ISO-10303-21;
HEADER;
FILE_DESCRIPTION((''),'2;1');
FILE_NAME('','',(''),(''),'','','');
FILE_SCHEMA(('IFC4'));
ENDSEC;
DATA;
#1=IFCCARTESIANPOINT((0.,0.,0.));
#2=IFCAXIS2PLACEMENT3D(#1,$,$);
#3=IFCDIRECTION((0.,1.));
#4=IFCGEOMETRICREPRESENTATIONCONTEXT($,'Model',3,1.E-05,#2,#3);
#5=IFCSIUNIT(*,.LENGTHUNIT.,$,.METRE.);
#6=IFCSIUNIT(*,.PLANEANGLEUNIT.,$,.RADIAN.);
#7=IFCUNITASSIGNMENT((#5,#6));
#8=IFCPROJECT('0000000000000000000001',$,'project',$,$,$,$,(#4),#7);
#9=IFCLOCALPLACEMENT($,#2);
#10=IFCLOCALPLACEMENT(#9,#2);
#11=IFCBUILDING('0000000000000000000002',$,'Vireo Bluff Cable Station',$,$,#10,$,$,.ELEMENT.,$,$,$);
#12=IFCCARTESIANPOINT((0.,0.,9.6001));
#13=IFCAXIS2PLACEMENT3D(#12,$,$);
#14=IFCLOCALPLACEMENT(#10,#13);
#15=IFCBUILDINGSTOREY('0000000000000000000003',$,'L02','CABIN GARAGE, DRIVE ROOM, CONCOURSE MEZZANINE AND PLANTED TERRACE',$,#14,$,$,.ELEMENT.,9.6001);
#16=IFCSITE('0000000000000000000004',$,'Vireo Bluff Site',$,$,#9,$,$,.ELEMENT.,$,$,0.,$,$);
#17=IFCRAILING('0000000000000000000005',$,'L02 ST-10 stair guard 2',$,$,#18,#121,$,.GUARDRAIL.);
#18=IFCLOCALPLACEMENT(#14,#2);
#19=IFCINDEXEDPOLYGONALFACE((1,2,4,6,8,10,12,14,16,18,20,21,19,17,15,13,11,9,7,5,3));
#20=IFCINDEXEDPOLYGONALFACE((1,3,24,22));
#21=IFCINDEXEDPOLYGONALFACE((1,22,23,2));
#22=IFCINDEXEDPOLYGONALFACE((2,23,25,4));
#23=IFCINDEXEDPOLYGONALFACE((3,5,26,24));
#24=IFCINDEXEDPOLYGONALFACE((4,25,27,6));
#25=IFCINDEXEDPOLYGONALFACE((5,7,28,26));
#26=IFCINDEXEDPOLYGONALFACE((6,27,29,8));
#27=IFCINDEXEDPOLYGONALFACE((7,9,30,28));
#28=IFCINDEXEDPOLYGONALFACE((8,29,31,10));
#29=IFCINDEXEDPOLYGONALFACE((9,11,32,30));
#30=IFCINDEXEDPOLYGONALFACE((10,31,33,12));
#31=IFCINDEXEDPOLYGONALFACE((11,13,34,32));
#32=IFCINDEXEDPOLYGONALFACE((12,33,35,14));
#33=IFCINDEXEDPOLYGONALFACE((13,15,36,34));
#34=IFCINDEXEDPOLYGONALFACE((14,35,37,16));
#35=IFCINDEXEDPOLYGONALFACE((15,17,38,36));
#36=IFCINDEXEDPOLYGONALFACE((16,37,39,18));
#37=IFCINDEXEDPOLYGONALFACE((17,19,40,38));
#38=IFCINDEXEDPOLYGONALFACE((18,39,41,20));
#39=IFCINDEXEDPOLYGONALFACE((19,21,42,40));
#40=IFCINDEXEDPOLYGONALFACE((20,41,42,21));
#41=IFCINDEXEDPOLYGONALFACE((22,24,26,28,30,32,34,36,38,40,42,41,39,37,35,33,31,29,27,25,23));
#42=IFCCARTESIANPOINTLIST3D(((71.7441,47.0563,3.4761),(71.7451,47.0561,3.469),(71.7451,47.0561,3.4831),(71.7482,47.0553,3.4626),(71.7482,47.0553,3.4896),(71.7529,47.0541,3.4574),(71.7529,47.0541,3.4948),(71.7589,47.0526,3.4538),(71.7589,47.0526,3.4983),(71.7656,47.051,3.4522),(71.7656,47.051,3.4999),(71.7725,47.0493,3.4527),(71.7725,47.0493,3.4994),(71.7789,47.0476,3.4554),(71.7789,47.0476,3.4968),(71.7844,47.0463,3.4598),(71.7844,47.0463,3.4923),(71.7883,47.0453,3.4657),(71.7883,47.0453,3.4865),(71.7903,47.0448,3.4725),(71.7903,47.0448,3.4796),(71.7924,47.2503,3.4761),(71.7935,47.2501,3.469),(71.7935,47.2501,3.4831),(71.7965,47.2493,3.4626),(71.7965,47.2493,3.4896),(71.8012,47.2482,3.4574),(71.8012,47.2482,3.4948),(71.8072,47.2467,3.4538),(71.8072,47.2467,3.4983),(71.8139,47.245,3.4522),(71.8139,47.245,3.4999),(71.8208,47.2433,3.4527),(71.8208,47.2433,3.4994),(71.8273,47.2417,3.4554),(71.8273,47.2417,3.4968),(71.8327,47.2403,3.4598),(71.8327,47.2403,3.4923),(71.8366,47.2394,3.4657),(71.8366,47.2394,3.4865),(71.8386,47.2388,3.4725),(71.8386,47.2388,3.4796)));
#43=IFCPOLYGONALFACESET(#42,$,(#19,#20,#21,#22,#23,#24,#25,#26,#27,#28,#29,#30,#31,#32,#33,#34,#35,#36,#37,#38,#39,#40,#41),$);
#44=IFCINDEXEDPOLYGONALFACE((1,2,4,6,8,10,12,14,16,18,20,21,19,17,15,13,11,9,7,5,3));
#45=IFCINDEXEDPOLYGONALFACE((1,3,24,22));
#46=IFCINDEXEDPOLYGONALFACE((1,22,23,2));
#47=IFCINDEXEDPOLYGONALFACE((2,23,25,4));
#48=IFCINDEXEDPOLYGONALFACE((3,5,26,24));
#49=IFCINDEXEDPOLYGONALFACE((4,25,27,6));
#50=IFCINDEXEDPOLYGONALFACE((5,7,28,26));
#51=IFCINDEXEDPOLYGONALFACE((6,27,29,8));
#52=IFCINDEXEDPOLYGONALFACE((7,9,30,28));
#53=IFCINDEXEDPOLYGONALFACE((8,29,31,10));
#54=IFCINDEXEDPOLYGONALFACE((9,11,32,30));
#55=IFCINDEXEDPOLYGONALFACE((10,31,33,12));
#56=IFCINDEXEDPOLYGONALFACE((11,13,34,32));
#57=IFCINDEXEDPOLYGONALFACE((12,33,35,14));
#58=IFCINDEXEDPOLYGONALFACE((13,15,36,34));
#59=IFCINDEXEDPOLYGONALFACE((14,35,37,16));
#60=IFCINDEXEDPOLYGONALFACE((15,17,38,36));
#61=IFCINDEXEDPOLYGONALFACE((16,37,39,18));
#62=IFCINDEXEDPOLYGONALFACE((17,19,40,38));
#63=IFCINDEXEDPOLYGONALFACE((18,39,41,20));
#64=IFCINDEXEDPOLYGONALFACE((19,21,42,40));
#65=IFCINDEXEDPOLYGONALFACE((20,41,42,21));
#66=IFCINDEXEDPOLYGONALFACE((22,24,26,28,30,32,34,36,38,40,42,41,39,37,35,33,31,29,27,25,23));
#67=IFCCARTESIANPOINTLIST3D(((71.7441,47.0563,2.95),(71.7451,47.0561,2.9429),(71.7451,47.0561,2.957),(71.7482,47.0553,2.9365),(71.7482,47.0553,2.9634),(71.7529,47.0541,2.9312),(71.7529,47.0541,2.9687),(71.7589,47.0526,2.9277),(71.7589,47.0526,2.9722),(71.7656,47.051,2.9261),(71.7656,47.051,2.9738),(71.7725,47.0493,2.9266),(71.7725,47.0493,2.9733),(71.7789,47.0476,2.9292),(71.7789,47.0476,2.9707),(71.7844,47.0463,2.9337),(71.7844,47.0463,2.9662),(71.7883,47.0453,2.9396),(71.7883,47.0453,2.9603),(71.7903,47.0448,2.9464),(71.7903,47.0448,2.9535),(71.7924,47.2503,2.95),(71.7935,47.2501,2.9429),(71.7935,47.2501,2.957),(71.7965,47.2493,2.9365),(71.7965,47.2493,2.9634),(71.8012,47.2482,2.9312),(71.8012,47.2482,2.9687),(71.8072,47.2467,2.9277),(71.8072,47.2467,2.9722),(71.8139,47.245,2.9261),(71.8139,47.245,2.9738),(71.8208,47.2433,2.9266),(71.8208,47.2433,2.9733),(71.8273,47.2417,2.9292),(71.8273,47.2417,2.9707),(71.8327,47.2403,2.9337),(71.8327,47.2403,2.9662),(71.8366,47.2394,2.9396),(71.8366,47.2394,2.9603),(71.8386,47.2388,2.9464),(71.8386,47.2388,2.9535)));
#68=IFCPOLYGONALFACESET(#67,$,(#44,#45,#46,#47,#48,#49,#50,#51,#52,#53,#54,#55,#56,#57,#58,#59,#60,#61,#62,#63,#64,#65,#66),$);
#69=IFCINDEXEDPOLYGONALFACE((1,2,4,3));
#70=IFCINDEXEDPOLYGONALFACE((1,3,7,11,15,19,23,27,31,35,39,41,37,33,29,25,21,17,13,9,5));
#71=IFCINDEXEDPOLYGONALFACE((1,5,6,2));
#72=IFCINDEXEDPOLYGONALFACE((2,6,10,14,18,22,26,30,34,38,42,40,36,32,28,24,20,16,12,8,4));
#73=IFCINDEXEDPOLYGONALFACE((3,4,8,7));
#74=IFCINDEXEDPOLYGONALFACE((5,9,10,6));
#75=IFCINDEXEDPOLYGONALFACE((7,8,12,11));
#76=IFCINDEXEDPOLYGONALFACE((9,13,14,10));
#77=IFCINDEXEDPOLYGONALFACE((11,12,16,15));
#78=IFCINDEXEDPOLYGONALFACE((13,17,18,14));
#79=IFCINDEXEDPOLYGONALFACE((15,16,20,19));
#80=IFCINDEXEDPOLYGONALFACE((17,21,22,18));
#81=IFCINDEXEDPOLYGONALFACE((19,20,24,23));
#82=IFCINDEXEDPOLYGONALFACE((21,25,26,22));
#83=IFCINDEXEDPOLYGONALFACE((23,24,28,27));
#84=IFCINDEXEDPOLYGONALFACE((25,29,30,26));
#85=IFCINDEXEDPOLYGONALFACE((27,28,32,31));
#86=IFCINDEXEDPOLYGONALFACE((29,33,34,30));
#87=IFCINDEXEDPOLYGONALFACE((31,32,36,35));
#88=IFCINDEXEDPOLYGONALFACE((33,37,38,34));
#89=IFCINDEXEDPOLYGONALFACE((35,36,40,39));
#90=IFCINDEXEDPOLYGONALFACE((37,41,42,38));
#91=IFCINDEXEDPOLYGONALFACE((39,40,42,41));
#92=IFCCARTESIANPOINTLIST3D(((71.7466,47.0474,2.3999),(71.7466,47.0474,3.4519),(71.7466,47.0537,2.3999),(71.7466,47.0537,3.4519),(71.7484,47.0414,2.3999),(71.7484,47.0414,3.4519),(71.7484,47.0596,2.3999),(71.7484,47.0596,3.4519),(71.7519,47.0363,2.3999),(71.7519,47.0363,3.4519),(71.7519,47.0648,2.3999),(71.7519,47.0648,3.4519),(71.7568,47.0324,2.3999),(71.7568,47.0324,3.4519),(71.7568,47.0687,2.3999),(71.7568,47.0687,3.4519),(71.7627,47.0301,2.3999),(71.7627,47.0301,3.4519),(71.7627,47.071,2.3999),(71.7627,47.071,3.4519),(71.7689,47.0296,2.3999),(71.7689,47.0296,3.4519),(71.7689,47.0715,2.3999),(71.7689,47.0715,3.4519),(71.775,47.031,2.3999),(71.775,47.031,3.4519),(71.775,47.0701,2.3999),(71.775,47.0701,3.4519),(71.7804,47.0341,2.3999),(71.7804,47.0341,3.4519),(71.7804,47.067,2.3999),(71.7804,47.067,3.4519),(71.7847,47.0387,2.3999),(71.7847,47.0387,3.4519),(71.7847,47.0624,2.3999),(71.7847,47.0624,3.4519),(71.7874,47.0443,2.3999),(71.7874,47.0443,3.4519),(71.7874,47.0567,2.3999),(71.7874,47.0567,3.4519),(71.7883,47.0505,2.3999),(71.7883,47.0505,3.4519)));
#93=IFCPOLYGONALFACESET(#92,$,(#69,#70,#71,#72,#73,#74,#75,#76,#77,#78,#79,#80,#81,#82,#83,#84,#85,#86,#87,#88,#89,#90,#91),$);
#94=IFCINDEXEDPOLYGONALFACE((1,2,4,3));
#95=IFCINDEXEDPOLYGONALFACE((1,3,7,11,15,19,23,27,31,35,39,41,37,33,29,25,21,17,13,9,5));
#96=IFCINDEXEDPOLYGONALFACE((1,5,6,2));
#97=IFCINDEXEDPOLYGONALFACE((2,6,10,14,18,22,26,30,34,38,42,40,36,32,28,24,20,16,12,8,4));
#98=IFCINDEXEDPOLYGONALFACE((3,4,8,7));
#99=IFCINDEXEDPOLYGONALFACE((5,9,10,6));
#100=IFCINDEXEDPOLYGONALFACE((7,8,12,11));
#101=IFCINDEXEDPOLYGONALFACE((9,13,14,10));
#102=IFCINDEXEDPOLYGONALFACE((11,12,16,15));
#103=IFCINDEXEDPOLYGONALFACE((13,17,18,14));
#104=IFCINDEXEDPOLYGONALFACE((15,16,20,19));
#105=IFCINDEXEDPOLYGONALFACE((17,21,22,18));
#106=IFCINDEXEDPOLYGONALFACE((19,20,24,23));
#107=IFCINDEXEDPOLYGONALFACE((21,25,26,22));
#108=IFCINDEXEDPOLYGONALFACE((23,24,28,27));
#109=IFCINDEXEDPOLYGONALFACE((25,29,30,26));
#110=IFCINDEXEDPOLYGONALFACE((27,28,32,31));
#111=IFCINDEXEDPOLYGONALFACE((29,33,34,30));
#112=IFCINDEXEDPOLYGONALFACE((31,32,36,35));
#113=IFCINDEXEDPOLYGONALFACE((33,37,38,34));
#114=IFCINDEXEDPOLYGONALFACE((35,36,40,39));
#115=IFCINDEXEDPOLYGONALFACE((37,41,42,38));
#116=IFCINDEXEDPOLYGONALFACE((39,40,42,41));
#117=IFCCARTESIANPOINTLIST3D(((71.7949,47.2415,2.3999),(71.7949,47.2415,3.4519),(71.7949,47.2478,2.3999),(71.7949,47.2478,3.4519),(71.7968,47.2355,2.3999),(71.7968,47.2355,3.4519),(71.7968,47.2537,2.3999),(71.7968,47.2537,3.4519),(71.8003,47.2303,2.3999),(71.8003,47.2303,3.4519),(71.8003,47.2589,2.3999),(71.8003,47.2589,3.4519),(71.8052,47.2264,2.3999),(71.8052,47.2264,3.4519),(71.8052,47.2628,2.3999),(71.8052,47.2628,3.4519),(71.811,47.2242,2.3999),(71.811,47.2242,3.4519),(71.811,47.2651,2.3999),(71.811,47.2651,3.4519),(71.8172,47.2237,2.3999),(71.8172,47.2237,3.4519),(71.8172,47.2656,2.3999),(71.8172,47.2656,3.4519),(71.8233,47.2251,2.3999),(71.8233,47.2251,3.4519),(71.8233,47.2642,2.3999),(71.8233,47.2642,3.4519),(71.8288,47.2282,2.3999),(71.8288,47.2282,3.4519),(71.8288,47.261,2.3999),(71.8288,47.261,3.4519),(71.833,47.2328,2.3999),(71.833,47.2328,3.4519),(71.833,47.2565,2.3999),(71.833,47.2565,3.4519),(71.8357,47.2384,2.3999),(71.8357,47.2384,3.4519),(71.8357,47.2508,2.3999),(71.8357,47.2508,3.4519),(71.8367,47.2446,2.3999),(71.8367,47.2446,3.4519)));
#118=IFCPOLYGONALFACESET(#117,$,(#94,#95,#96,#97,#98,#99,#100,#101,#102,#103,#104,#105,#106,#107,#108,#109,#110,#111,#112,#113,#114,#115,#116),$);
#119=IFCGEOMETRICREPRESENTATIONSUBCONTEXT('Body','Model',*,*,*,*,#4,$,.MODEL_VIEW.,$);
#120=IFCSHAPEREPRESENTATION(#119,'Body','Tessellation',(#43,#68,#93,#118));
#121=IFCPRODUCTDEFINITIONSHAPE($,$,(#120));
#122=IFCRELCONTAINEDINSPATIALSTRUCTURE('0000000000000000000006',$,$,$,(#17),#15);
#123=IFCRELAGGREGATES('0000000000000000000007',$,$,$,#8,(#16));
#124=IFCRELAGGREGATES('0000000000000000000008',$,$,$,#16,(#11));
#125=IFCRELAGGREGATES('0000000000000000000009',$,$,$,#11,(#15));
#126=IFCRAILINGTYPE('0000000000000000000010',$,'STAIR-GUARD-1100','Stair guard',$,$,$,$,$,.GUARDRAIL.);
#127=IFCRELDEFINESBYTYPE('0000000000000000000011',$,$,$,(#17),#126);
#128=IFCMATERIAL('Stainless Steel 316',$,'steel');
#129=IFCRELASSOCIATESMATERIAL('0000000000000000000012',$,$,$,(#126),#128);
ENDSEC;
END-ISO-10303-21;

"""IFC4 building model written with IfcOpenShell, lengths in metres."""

from ifc_helpers import new_model, si_unit, direction, frame, origin, origin_2d, place, context, subcontext, project, spatial, circle, extrude, material, type_object, element, save


model = new_model("IFC4")

# Units and contexts
model_context = context("Model", 3, precision=1e-05, world=origin(), true_north=direction((0.0, 1.0)))
body_context = subcontext(model_context, "Body", "Model", "MODEL_VIEW")
ifc_project = project(units=[si_unit("LENGTHUNIT", "METRE"), si_unit("PLANEANGLEUNIT", "RADIAN")], contexts=[model_context])

# Site, building, storey
site_placement = place(None, origin())
site = spatial("IfcSite", under=ifc_project, at=site_placement, Name="Vireo Bluff Site", CompositionType="ELEMENT", RefElevation=0.0)
building_placement = place(site_placement, origin())
building = spatial("IfcBuilding", under=site, at=building_placement, Name="Vireo Bluff Cable Station", CompositionType="ELEMENT")
storey_placement = place(building_placement, frame((0.0, 0.0, 9.6001)))
storey = spatial("IfcBuildingStorey", under=building, at=storey_placement, Name="L02", Description="CABIN GARAGE, DRIVE ROOM, CONCOURSE MEZZANINE AND PLANTED TERRACE", CompositionType="ELEMENT", Elevation=9.6001)

# Railing
ifc_material_1 = material(Name="Stainless Steel 316", Category="steel")
railing_type_1 = type_object("IfcRailingType", Name="STAIR-GUARD-1100", Description="Stair guard", PredefinedType="GUARDRAIL", material=ifc_material_1)
railing_1_placement = place(storey_placement, frame((71.7673, 47.0505, 2.3999)))
element("IfcRailing", 1, at=railing_1_placement, inside=storey, type_object=railing_type_1, Name="L02 ST-10 stair guard 2", PredefinedType="GUARDRAIL", context=body_context, shape_type="SweptSolid", body=[
    extrude(circle(Radius=0.0239, at=origin_2d()), frame((0.0, 0.0, 1.0762), z_axis=(0.241674, 0.970358, 0.0), x_axis=(-0.970358, 0.241674, 0.0)), (0.0, 0.0, 1.0), 0.2),
    extrude(circle(Radius=0.0239, at=origin_2d()), frame((0.0, 0.0, 0.55), z_axis=(0.241674, 0.970358, 0.0), x_axis=(-0.970358, 0.241674, 0.0)), (0.0, 0.0, 1.0), 0.2),
    extrude(circle(Radius=0.021, at=origin_2d()), origin(), (0.0, 0.0, 1.0), 1.052),
    extrude(circle(Radius=0.021, at=origin_2d()), frame((0.0483, 0.1941, 0.0)), (0.0, 0.0, 1.0), 1.052),
])

save(model, "model.ifc")
